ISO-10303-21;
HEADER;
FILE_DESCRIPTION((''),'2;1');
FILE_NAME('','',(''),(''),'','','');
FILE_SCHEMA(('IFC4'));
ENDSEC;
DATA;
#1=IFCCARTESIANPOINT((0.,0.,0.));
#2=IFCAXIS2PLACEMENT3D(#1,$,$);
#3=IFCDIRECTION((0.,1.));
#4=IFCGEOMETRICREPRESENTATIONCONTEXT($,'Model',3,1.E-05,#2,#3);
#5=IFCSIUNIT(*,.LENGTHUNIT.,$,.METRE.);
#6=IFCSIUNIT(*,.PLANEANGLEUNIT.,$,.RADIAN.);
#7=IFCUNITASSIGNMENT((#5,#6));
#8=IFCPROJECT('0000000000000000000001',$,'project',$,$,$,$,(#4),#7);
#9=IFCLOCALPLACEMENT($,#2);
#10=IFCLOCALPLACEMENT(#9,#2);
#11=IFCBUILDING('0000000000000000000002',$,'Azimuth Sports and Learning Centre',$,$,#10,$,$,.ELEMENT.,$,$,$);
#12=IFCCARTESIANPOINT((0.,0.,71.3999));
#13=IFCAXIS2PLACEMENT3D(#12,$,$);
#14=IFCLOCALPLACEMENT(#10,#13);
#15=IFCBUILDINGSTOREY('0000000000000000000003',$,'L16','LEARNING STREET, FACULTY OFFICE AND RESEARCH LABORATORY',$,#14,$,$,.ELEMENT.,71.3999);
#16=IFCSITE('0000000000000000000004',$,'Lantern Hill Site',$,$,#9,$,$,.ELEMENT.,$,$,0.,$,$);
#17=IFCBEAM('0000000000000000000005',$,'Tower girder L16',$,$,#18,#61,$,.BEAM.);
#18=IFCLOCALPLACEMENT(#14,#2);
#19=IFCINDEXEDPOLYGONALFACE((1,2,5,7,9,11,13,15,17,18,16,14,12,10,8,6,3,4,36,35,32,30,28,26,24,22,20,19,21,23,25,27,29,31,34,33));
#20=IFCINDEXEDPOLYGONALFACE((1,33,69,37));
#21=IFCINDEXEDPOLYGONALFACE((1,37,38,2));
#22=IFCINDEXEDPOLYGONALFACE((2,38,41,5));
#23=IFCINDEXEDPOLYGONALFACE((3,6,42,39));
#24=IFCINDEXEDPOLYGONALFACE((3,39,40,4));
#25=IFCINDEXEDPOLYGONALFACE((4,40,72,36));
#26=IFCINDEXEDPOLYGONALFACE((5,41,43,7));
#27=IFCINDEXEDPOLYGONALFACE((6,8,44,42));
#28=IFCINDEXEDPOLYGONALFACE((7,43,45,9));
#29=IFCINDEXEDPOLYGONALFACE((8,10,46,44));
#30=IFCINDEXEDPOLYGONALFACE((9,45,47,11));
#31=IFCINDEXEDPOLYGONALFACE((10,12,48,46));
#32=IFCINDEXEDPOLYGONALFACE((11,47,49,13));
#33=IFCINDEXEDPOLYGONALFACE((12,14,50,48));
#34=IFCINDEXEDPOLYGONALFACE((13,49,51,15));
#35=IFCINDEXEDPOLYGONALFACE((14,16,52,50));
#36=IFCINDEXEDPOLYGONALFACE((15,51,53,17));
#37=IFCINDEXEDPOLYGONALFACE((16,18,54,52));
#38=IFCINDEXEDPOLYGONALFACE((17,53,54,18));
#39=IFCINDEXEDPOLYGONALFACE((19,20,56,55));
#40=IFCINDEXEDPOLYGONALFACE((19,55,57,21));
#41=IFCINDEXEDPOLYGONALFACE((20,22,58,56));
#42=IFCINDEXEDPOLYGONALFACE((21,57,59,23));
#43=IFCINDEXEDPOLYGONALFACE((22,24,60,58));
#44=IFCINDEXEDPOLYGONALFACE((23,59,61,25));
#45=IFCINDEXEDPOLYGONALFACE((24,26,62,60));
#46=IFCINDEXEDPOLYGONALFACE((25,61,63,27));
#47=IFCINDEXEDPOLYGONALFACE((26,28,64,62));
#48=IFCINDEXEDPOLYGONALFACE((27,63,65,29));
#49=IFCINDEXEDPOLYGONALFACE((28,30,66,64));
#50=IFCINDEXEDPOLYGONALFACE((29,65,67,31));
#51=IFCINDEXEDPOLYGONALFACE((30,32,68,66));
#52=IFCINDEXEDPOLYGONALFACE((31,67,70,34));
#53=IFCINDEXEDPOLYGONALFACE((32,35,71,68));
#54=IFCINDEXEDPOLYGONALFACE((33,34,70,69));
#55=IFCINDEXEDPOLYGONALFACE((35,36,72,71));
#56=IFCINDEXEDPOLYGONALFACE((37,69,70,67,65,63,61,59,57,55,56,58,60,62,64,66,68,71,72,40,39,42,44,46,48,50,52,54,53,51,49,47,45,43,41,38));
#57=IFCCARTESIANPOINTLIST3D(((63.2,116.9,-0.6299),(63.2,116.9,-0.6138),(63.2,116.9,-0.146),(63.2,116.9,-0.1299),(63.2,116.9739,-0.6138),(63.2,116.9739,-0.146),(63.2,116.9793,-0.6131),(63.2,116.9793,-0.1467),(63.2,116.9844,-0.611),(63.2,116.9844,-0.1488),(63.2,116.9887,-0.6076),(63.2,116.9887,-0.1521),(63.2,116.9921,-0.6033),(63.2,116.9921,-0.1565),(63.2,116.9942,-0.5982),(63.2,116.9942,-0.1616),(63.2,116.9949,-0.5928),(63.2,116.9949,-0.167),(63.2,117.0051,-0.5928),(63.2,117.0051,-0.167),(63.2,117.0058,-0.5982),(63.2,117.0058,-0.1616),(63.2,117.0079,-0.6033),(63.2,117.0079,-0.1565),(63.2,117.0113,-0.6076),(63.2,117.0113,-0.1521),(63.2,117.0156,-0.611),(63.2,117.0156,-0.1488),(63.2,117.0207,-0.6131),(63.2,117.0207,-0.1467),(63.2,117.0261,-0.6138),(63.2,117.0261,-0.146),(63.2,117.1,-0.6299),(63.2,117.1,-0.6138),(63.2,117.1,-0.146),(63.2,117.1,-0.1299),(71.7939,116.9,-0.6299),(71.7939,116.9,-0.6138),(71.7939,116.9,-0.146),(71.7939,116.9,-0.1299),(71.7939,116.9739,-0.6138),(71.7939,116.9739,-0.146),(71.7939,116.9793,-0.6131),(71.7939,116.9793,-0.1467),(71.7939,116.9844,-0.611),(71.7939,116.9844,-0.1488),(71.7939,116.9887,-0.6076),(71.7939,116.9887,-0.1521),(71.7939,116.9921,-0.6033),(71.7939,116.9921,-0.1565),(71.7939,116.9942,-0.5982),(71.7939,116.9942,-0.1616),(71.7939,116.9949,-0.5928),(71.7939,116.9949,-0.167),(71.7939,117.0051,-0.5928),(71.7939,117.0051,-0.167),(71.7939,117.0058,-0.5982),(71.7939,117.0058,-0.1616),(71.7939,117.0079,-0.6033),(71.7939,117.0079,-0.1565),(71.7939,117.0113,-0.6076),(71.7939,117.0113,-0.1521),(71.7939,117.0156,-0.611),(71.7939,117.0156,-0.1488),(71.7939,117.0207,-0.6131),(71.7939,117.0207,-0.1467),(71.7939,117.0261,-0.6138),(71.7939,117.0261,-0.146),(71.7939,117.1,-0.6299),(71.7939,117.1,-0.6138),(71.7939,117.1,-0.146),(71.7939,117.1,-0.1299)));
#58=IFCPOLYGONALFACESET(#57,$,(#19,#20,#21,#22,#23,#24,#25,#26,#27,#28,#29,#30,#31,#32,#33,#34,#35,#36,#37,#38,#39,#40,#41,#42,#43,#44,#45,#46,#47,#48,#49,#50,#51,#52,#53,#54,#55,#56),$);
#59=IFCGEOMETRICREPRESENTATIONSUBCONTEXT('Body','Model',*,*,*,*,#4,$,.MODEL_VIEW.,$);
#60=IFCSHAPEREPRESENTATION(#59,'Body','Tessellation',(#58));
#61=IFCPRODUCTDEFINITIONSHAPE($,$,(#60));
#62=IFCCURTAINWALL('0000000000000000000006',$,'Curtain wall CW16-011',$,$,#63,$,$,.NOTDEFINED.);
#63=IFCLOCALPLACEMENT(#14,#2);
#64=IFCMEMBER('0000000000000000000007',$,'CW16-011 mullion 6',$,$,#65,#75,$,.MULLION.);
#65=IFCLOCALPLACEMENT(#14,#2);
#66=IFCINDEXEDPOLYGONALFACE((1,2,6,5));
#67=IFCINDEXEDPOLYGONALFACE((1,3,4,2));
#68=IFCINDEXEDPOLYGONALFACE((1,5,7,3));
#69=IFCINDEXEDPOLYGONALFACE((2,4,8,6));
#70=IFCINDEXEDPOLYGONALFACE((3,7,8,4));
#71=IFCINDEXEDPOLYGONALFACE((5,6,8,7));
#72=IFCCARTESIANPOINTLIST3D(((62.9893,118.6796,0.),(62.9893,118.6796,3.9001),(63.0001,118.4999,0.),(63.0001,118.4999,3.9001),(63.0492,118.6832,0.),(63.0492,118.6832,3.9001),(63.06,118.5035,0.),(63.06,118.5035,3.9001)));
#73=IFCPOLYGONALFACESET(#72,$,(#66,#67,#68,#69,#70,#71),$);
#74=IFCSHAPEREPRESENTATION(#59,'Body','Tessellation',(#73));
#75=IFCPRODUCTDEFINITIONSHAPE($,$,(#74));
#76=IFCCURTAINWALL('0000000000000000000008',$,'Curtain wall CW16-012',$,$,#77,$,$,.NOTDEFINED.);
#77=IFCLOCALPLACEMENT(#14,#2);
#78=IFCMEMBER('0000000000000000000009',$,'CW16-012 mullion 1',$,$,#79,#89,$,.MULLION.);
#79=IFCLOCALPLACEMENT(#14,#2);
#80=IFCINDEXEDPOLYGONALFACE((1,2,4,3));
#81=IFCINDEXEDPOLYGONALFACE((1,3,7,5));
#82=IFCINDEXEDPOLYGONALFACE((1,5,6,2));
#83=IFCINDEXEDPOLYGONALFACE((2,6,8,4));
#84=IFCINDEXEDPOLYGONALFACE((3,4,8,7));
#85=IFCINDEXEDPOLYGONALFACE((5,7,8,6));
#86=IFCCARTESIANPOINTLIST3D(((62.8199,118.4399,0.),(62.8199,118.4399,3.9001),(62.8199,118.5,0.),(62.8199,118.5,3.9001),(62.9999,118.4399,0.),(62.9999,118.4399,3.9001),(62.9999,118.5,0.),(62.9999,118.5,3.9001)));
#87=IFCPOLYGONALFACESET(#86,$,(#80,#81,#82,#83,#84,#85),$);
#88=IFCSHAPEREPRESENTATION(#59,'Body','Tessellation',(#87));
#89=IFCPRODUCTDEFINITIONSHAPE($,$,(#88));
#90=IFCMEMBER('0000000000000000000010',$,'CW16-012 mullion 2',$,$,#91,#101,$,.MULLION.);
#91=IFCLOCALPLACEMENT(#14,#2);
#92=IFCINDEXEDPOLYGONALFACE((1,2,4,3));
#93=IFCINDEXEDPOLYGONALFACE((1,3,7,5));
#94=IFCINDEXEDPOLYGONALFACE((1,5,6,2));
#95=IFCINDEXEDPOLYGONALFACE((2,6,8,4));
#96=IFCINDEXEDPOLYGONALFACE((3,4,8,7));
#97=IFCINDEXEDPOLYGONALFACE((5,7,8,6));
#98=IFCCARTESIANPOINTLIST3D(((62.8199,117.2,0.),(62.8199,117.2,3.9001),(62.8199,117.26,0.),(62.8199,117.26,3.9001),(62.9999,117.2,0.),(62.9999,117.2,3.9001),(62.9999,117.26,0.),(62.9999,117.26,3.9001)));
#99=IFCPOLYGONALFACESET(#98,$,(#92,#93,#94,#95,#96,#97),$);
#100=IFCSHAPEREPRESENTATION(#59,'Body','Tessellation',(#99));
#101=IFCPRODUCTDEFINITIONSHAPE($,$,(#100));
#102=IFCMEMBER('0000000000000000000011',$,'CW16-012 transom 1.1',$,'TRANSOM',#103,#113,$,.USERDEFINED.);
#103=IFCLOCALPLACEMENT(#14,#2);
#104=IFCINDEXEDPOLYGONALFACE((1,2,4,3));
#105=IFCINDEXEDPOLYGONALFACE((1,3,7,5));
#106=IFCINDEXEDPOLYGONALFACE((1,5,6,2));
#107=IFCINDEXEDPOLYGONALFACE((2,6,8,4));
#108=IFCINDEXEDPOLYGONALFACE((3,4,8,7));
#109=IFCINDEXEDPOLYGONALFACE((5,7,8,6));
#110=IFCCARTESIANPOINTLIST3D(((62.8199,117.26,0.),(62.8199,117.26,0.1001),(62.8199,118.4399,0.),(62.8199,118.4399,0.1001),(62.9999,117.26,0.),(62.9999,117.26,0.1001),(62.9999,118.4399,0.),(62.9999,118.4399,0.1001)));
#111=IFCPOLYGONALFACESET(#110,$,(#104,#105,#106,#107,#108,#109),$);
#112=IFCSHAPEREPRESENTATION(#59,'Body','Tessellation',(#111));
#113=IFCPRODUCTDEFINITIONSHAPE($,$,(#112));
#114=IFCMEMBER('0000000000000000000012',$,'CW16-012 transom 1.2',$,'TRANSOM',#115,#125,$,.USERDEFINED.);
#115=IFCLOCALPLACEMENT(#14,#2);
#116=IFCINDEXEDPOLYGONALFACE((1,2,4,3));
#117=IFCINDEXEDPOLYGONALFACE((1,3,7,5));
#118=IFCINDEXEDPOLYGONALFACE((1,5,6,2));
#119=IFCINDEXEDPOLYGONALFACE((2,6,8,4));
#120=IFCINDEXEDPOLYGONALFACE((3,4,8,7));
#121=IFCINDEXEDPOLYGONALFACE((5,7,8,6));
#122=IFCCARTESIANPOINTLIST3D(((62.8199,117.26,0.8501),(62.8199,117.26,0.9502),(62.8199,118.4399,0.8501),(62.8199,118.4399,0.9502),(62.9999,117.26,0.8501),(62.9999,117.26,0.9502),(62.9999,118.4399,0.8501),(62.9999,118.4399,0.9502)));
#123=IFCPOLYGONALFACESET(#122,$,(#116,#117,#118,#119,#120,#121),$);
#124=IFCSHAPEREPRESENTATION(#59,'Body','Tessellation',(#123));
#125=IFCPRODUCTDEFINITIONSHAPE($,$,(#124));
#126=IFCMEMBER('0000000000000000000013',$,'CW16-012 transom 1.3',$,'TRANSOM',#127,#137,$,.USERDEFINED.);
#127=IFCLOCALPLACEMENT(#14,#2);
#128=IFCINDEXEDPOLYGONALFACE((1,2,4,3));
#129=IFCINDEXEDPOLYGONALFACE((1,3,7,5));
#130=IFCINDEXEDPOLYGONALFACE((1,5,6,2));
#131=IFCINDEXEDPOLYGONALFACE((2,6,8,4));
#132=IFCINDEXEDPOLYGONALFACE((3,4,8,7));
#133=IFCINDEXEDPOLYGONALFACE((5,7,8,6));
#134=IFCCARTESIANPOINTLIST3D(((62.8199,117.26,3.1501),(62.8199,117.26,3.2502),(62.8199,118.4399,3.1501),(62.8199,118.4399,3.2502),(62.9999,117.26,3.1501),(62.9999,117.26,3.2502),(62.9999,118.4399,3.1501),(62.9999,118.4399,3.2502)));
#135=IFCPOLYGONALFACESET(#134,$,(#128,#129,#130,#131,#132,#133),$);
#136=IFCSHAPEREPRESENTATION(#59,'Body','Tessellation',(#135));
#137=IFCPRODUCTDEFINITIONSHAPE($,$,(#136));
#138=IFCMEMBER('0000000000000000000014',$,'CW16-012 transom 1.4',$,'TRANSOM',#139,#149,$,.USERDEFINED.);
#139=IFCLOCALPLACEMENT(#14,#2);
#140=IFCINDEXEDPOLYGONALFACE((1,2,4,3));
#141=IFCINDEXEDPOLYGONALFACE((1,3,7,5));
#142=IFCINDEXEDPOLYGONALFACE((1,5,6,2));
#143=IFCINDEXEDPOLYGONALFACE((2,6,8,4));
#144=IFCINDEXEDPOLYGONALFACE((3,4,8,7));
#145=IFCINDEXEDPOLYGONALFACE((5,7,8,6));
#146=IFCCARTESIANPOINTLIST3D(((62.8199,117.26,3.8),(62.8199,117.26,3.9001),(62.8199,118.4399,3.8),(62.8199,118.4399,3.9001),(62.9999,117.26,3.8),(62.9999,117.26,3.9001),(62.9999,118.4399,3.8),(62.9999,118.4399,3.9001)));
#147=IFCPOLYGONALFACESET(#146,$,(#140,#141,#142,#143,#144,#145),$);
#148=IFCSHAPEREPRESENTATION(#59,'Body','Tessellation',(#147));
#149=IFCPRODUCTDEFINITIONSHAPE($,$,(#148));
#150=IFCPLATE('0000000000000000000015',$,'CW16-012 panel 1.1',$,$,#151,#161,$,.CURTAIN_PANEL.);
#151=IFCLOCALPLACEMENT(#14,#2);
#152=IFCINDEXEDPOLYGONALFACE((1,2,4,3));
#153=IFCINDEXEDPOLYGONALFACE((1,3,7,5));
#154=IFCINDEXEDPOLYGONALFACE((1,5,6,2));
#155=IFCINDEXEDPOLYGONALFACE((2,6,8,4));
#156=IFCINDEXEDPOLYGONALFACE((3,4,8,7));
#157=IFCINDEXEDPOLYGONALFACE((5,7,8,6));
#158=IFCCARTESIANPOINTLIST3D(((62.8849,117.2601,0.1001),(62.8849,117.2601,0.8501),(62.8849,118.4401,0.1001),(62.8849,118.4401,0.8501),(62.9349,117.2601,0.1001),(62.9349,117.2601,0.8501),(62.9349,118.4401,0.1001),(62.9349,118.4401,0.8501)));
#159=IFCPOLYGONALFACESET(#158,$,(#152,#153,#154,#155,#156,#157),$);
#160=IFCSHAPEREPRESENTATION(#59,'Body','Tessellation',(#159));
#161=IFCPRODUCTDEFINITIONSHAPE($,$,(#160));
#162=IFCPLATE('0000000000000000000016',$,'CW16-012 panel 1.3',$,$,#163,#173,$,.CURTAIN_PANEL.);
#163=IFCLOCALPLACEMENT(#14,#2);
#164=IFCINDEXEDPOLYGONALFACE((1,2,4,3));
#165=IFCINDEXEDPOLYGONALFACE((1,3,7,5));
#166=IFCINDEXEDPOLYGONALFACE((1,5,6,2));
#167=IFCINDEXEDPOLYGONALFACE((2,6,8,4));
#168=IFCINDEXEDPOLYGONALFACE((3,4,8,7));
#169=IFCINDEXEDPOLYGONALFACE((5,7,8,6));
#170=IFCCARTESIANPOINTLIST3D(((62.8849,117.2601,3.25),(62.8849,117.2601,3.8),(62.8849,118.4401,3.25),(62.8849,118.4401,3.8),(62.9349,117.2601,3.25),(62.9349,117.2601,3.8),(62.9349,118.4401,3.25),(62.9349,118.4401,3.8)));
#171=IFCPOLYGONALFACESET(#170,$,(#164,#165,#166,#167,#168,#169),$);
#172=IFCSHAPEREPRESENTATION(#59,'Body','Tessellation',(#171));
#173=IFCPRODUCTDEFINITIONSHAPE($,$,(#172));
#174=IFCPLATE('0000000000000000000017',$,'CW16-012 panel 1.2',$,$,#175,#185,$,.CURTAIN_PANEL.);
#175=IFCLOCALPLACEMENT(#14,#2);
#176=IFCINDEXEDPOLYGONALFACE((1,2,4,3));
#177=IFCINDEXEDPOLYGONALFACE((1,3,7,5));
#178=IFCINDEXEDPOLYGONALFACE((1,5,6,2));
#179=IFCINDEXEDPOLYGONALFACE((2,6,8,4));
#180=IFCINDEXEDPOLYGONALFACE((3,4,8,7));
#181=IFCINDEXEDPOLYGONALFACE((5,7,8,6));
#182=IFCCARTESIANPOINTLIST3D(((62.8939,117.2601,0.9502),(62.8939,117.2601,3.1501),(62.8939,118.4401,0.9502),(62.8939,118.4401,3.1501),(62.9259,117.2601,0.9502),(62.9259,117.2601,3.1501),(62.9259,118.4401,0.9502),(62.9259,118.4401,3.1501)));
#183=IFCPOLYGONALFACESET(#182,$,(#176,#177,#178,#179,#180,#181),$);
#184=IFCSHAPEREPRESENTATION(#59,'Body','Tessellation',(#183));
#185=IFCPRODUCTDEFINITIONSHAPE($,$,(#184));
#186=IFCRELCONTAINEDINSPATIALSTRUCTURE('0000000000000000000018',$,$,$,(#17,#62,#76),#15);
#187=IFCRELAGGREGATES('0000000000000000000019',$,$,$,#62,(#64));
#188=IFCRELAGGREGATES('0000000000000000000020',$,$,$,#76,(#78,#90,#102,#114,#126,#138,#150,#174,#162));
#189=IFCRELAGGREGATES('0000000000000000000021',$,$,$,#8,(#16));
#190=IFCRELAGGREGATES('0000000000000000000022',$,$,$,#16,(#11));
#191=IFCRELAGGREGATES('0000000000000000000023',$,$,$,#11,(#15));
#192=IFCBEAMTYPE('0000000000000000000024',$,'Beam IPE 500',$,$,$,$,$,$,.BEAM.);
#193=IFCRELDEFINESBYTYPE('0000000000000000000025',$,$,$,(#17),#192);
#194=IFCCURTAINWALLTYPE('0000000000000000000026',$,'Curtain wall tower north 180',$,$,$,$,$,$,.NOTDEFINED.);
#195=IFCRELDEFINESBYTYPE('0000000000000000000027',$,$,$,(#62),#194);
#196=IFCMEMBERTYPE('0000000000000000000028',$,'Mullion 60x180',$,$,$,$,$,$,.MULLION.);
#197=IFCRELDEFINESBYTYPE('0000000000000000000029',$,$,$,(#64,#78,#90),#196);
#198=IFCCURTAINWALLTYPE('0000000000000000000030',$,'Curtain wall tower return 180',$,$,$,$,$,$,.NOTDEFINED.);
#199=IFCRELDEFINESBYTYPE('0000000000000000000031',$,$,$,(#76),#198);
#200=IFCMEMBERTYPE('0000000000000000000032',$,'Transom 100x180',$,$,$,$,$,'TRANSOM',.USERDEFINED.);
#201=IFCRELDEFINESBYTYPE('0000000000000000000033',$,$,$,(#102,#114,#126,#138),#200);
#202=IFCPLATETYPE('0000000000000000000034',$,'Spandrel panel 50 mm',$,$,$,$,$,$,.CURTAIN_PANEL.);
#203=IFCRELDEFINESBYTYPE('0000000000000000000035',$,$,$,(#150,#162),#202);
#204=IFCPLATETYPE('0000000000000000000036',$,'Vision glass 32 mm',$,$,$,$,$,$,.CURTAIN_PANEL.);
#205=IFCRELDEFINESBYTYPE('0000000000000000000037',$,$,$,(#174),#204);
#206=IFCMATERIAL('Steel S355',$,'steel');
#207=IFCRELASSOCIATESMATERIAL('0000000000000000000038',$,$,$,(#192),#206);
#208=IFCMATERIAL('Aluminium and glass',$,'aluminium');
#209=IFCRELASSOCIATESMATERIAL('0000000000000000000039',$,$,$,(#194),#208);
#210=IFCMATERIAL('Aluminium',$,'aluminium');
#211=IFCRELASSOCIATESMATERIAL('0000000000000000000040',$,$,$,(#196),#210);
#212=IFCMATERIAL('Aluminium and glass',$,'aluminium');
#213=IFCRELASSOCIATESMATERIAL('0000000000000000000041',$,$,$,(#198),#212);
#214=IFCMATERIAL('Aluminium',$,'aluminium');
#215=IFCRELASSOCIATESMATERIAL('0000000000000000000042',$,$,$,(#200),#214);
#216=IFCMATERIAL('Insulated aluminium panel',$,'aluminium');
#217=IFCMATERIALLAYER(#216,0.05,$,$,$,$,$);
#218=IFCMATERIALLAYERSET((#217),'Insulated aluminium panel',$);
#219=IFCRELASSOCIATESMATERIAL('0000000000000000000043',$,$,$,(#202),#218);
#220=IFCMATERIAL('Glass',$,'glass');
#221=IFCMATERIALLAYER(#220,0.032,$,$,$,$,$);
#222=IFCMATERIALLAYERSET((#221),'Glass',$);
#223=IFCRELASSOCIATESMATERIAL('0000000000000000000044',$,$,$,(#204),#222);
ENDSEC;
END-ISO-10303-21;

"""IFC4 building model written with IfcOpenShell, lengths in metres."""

from ifc_helpers import new_model, si_unit, direction, frame, origin, origin_2d, place, context, subcontext, project, spatial, rectangle, i_section, extrude, material, layer, layer_set, material_profile, profile_set, type_object, element, aggregate, save


model = new_model("IFC4")

# Units and contexts
model_context = context("Model", 3, precision=1e-05, world=origin(), true_north=direction((0.0, 1.0)))
body_context = subcontext(model_context, "Body", "Model", "MODEL_VIEW")
ifc_project = project(units=[si_unit("LENGTHUNIT", "METRE"), si_unit("PLANEANGLEUNIT", "RADIAN")], contexts=[model_context])

# Site, building, storey
site_placement = place(None, origin())
site = spatial("IfcSite", under=ifc_project, at=site_placement, Name="Lantern Hill Site", CompositionType="ELEMENT", RefElevation=0.0)
building_placement = place(site_placement, origin())
building = spatial("IfcBuilding", under=site, at=building_placement, Name="Azimuth Sports and Learning Centre", CompositionType="ELEMENT")
storey_placement = place(building_placement, frame((0.0, 0.0, 71.3999)))
storey = spatial("IfcBuildingStorey", under=building, at=storey_placement, Name="L16", Description="LEARNING STREET, FACULTY OFFICE AND RESEARCH LABORATORY", CompositionType="ELEMENT", Elevation=71.3999)

# Beam
ifc_material_1 = material(Name="Steel S355", Category="steel")
ifc_material_profile_1 = material_profile(ifc_material_1, i_section(OverallWidth=0.2, OverallDepth=0.5, WebThickness=0.0103, FlangeThickness=0.0161, FilletRadius=0.021, at=origin_2d()), Name="IPE 500")
ifc_profile_set_1 = profile_set([ifc_material_profile_1], Name="Steel S355")
beam_type = type_object("IfcBeamType", Name="Beam IPE 500", PredefinedType="BEAM", material=ifc_profile_set_1)
beam_placement = place(storey_placement, frame((63.2, 117.0, -0.3799), z_axis=(1.0, 0.0, 0.0), x_axis=(0.0, 1.0, 0.0)))
element("IfcBeam", 1, at=beam_placement, inside=storey, type_object=beam_type, Name="Tower girder L16", PredefinedType="BEAM", context=body_context, shape_type="SweptSolid", body=[
    extrude(i_section(OverallWidth=0.2, OverallDepth=0.5, WebThickness=0.0103, FlangeThickness=0.0161, FilletRadius=0.021, at=origin_2d()), origin(), (0.0, 0.0, 1.0), 8.594),
])

# Curtain wall, member
ifc_material_2 = material(Name="Aluminium and glass", Category="aluminium")
curtain_wall_type_1 = type_object("IfcCurtainWallType", Name="Curtain wall tower north 180", PredefinedType="NOTDEFINED", material=ifc_material_2)
curtain_wall_1_placement = place(storey_placement, origin())
curtain_wall_1 = element("IfcCurtainWall", 2, at=curtain_wall_1_placement, inside=storey, type_object=curtain_wall_type_1, Name="Curtain wall CW16-011", PredefinedType="NOTDEFINED")
ifc_material_3 = material(Name="Aluminium", Category="aluminium")
ifc_material_profile_2 = material_profile(ifc_material_3, rectangle(XDim=0.1799, YDim=0.0601, at=origin_2d()), Name="Mullion 60x180")
ifc_profile_set_2 = profile_set([ifc_material_profile_2], Name="Aluminium")
member_type_1 = type_object("IfcMemberType", Name="Mullion 60x180", PredefinedType="MULLION", material=ifc_profile_set_2)
member_1_placement = place(storey_placement, frame((63.0247, 118.5916, 0.0), z_axis=(0.0, 0.0, 1.0), x_axis=(0.059892, -0.998205, 0.0)))
member_1 = element("IfcMember", 3, at=member_1_placement, type_object=member_type_1, Name="CW16-011 mullion 6", PredefinedType="MULLION", context=body_context, shape_type="SweptSolid", body=[
    extrude(rectangle(XDim=0.1799, YDim=0.0601, at=origin_2d()), origin(), (0.0, 0.0, 1.0), 3.9001),
])
aggregate(curtain_wall_1, [member_1])

# Curtain wall, members, plates
ifc_material_4 = material(Name="Aluminium and glass", Category="aluminium")
curtain_wall_type_2 = type_object("IfcCurtainWallType", Name="Curtain wall tower return 180", PredefinedType="NOTDEFINED", material=ifc_material_4)
curtain_wall_2_placement = place(storey_placement, origin())
curtain_wall_2 = element("IfcCurtainWall", 4, at=curtain_wall_2_placement, inside=storey, type_object=curtain_wall_type_2, Name="Curtain wall CW16-012", PredefinedType="NOTDEFINED")
member_2_placement = place(storey_placement, frame((62.9099, 118.47, 0.0), z_axis=(0.0, 0.0, 1.0), x_axis=(1.0, 0.0, 0.0)))
member_2 = element("IfcMember", 5, at=member_2_placement, type_object=member_type_1, Name="CW16-012 mullion 1", PredefinedType="MULLION", context=body_context, shape_type="SweptSolid", body=[
    extrude(rectangle(XDim=0.1799, YDim=0.0601, at=origin_2d()), origin(), (0.0, 0.0, 1.0), 3.9001),
])
member_3_placement = place(storey_placement, frame((62.9099, 117.23, 0.0), z_axis=(0.0, 0.0, 1.0), x_axis=(1.0, 0.0, 0.0)))
member_3 = element("IfcMember", 6, at=member_3_placement, type_object=member_type_1, Name="CW16-012 mullion 2", PredefinedType="MULLION", context=body_context, shape_type="SweptSolid", body=[
    extrude(rectangle(XDim=0.1799, YDim=0.0601, at=origin_2d()), origin(), (0.0, 0.0, 1.0), 3.9001),
])
ifc_material_5 = material(Name="Aluminium", Category="aluminium")
ifc_material_profile_3 = material_profile(ifc_material_5, rectangle(XDim=0.1799, YDim=0.1001, at=origin_2d()), Name="Transom 100x180")
ifc_profile_set_3 = profile_set([ifc_material_profile_3], Name="Aluminium")
member_type_2 = type_object("IfcMemberType", Name="Transom 100x180", ElementType="TRANSOM", PredefinedType="USERDEFINED", material=ifc_profile_set_3)
member_4_placement = place(storey_placement, frame((62.9099, 118.4399, 0.05), z_axis=(0.0, -1.0, 0.0), x_axis=(1.0, 0.0, 0.0)))
member_4 = element("IfcMember", 7, at=member_4_placement, type_object=member_type_2, Name="CW16-012 transom 1.1", ObjectType="TRANSOM", PredefinedType="USERDEFINED", context=body_context, shape_type="SweptSolid", body=[
    extrude(rectangle(XDim=0.1799, YDim=0.1001, at=origin_2d()), origin(), (0.0, 0.0, 1.0), 1.1799),
])
member_5_placement = place(storey_placement, frame((62.9099, 118.4399, 0.9001), z_axis=(0.0, -1.0, 0.0), x_axis=(1.0, 0.0, 0.0)))
member_5 = element("IfcMember", 8, at=member_5_placement, type_object=member_type_2, Name="CW16-012 transom 1.2", ObjectType="TRANSOM", PredefinedType="USERDEFINED", context=body_context, shape_type="SweptSolid", body=[
    extrude(rectangle(XDim=0.1799, YDim=0.1001, at=origin_2d()), origin(), (0.0, 0.0, 1.0), 1.1799),
])
member_6_placement = place(storey_placement, frame((62.9099, 118.4399, 3.2002), z_axis=(0.0, -1.0, 0.0), x_axis=(1.0, 0.0, 0.0)))
member_6 = element("IfcMember", 9, at=member_6_placement, type_object=member_type_2, Name="CW16-012 transom 1.3", ObjectType="TRANSOM", PredefinedType="USERDEFINED", context=body_context, shape_type="SweptSolid", body=[
    extrude(rectangle(XDim=0.1799, YDim=0.1001, at=origin_2d()), origin(), (0.0, 0.0, 1.0), 1.1799),
])
member_7_placement = place(storey_placement, frame((62.9099, 118.4399, 3.8501), z_axis=(0.0, -1.0, 0.0), x_axis=(1.0, 0.0, 0.0)))
member_7 = element("IfcMember", 10, at=member_7_placement, type_object=member_type_2, Name="CW16-012 transom 1.4", ObjectType="TRANSOM", PredefinedType="USERDEFINED", context=body_context, shape_type="SweptSolid", body=[
    extrude(rectangle(XDim=0.1799, YDim=0.1001, at=origin_2d()), origin(), (0.0, 0.0, 1.0), 1.1799),
])
ifc_material_6 = material(Name="Insulated aluminium panel", Category="aluminium")
ifc_layer_1 = layer(ifc_material_6, 0.05)
ifc_layer_set_1 = layer_set([ifc_layer_1], Name="Insulated aluminium panel")
plate_type_1 = type_object("IfcPlateType", Name="Spandrel panel 50 mm", PredefinedType="CURTAIN_PANEL", material=ifc_layer_set_1)
plate_1_placement = place(storey_placement, frame((62.9099, 117.8501, 0.1001), z_axis=(0.0, 0.0, 1.0), x_axis=(0.0, -1.0, 0.0)))
plate_1 = element("IfcPlate", 11, at=plate_1_placement, type_object=plate_type_1, Name="CW16-012 panel 1.1", PredefinedType="CURTAIN_PANEL", context=body_context, shape_type="SweptSolid", body=[
    extrude(rectangle(XDim=1.1799, YDim=0.05, at=origin_2d()), origin(), (0.0, 0.0, 1.0), 0.75),
])
plate_2_placement = place(storey_placement, frame((62.9099, 117.8501, 3.25), z_axis=(0.0, 0.0, 1.0), x_axis=(0.0, -1.0, 0.0)))
plate_2 = element("IfcPlate", 12, at=plate_2_placement, type_object=plate_type_1, Name="CW16-012 panel 1.3", PredefinedType="CURTAIN_PANEL", context=body_context, shape_type="SweptSolid", body=[
    extrude(rectangle(XDim=1.1799, YDim=0.05, at=origin_2d()), origin(), (0.0, 0.0, 1.0), 0.55),
])
ifc_material_7 = material(Name="Glass", Category="glass")
ifc_layer_2 = layer(ifc_material_7, 0.032)
ifc_layer_set_2 = layer_set([ifc_layer_2], Name="Glass")
plate_type_2 = type_object("IfcPlateType", Name="Vision glass 32 mm", PredefinedType="CURTAIN_PANEL", material=ifc_layer_set_2)
plate_3_placement = place(storey_placement, frame((62.9099, 117.8501, 0.9502), z_axis=(0.0, 0.0, 1.0), x_axis=(0.0, -1.0, 0.0)))
plate_3 = element("IfcPlate", 13, at=plate_3_placement, type_object=plate_type_2, Name="CW16-012 panel 1.2", PredefinedType="CURTAIN_PANEL", context=body_context, shape_type="SweptSolid", body=[
    extrude(rectangle(XDim=1.1799, YDim=0.032, at=origin_2d()), origin(), (0.0, 0.0, 1.0), 2.2),
])
aggregate(curtain_wall_2, [member_2, member_3, member_4, member_5, member_6, member_7, plate_1, plate_3, plate_2])

save(model, "model.ifc")
